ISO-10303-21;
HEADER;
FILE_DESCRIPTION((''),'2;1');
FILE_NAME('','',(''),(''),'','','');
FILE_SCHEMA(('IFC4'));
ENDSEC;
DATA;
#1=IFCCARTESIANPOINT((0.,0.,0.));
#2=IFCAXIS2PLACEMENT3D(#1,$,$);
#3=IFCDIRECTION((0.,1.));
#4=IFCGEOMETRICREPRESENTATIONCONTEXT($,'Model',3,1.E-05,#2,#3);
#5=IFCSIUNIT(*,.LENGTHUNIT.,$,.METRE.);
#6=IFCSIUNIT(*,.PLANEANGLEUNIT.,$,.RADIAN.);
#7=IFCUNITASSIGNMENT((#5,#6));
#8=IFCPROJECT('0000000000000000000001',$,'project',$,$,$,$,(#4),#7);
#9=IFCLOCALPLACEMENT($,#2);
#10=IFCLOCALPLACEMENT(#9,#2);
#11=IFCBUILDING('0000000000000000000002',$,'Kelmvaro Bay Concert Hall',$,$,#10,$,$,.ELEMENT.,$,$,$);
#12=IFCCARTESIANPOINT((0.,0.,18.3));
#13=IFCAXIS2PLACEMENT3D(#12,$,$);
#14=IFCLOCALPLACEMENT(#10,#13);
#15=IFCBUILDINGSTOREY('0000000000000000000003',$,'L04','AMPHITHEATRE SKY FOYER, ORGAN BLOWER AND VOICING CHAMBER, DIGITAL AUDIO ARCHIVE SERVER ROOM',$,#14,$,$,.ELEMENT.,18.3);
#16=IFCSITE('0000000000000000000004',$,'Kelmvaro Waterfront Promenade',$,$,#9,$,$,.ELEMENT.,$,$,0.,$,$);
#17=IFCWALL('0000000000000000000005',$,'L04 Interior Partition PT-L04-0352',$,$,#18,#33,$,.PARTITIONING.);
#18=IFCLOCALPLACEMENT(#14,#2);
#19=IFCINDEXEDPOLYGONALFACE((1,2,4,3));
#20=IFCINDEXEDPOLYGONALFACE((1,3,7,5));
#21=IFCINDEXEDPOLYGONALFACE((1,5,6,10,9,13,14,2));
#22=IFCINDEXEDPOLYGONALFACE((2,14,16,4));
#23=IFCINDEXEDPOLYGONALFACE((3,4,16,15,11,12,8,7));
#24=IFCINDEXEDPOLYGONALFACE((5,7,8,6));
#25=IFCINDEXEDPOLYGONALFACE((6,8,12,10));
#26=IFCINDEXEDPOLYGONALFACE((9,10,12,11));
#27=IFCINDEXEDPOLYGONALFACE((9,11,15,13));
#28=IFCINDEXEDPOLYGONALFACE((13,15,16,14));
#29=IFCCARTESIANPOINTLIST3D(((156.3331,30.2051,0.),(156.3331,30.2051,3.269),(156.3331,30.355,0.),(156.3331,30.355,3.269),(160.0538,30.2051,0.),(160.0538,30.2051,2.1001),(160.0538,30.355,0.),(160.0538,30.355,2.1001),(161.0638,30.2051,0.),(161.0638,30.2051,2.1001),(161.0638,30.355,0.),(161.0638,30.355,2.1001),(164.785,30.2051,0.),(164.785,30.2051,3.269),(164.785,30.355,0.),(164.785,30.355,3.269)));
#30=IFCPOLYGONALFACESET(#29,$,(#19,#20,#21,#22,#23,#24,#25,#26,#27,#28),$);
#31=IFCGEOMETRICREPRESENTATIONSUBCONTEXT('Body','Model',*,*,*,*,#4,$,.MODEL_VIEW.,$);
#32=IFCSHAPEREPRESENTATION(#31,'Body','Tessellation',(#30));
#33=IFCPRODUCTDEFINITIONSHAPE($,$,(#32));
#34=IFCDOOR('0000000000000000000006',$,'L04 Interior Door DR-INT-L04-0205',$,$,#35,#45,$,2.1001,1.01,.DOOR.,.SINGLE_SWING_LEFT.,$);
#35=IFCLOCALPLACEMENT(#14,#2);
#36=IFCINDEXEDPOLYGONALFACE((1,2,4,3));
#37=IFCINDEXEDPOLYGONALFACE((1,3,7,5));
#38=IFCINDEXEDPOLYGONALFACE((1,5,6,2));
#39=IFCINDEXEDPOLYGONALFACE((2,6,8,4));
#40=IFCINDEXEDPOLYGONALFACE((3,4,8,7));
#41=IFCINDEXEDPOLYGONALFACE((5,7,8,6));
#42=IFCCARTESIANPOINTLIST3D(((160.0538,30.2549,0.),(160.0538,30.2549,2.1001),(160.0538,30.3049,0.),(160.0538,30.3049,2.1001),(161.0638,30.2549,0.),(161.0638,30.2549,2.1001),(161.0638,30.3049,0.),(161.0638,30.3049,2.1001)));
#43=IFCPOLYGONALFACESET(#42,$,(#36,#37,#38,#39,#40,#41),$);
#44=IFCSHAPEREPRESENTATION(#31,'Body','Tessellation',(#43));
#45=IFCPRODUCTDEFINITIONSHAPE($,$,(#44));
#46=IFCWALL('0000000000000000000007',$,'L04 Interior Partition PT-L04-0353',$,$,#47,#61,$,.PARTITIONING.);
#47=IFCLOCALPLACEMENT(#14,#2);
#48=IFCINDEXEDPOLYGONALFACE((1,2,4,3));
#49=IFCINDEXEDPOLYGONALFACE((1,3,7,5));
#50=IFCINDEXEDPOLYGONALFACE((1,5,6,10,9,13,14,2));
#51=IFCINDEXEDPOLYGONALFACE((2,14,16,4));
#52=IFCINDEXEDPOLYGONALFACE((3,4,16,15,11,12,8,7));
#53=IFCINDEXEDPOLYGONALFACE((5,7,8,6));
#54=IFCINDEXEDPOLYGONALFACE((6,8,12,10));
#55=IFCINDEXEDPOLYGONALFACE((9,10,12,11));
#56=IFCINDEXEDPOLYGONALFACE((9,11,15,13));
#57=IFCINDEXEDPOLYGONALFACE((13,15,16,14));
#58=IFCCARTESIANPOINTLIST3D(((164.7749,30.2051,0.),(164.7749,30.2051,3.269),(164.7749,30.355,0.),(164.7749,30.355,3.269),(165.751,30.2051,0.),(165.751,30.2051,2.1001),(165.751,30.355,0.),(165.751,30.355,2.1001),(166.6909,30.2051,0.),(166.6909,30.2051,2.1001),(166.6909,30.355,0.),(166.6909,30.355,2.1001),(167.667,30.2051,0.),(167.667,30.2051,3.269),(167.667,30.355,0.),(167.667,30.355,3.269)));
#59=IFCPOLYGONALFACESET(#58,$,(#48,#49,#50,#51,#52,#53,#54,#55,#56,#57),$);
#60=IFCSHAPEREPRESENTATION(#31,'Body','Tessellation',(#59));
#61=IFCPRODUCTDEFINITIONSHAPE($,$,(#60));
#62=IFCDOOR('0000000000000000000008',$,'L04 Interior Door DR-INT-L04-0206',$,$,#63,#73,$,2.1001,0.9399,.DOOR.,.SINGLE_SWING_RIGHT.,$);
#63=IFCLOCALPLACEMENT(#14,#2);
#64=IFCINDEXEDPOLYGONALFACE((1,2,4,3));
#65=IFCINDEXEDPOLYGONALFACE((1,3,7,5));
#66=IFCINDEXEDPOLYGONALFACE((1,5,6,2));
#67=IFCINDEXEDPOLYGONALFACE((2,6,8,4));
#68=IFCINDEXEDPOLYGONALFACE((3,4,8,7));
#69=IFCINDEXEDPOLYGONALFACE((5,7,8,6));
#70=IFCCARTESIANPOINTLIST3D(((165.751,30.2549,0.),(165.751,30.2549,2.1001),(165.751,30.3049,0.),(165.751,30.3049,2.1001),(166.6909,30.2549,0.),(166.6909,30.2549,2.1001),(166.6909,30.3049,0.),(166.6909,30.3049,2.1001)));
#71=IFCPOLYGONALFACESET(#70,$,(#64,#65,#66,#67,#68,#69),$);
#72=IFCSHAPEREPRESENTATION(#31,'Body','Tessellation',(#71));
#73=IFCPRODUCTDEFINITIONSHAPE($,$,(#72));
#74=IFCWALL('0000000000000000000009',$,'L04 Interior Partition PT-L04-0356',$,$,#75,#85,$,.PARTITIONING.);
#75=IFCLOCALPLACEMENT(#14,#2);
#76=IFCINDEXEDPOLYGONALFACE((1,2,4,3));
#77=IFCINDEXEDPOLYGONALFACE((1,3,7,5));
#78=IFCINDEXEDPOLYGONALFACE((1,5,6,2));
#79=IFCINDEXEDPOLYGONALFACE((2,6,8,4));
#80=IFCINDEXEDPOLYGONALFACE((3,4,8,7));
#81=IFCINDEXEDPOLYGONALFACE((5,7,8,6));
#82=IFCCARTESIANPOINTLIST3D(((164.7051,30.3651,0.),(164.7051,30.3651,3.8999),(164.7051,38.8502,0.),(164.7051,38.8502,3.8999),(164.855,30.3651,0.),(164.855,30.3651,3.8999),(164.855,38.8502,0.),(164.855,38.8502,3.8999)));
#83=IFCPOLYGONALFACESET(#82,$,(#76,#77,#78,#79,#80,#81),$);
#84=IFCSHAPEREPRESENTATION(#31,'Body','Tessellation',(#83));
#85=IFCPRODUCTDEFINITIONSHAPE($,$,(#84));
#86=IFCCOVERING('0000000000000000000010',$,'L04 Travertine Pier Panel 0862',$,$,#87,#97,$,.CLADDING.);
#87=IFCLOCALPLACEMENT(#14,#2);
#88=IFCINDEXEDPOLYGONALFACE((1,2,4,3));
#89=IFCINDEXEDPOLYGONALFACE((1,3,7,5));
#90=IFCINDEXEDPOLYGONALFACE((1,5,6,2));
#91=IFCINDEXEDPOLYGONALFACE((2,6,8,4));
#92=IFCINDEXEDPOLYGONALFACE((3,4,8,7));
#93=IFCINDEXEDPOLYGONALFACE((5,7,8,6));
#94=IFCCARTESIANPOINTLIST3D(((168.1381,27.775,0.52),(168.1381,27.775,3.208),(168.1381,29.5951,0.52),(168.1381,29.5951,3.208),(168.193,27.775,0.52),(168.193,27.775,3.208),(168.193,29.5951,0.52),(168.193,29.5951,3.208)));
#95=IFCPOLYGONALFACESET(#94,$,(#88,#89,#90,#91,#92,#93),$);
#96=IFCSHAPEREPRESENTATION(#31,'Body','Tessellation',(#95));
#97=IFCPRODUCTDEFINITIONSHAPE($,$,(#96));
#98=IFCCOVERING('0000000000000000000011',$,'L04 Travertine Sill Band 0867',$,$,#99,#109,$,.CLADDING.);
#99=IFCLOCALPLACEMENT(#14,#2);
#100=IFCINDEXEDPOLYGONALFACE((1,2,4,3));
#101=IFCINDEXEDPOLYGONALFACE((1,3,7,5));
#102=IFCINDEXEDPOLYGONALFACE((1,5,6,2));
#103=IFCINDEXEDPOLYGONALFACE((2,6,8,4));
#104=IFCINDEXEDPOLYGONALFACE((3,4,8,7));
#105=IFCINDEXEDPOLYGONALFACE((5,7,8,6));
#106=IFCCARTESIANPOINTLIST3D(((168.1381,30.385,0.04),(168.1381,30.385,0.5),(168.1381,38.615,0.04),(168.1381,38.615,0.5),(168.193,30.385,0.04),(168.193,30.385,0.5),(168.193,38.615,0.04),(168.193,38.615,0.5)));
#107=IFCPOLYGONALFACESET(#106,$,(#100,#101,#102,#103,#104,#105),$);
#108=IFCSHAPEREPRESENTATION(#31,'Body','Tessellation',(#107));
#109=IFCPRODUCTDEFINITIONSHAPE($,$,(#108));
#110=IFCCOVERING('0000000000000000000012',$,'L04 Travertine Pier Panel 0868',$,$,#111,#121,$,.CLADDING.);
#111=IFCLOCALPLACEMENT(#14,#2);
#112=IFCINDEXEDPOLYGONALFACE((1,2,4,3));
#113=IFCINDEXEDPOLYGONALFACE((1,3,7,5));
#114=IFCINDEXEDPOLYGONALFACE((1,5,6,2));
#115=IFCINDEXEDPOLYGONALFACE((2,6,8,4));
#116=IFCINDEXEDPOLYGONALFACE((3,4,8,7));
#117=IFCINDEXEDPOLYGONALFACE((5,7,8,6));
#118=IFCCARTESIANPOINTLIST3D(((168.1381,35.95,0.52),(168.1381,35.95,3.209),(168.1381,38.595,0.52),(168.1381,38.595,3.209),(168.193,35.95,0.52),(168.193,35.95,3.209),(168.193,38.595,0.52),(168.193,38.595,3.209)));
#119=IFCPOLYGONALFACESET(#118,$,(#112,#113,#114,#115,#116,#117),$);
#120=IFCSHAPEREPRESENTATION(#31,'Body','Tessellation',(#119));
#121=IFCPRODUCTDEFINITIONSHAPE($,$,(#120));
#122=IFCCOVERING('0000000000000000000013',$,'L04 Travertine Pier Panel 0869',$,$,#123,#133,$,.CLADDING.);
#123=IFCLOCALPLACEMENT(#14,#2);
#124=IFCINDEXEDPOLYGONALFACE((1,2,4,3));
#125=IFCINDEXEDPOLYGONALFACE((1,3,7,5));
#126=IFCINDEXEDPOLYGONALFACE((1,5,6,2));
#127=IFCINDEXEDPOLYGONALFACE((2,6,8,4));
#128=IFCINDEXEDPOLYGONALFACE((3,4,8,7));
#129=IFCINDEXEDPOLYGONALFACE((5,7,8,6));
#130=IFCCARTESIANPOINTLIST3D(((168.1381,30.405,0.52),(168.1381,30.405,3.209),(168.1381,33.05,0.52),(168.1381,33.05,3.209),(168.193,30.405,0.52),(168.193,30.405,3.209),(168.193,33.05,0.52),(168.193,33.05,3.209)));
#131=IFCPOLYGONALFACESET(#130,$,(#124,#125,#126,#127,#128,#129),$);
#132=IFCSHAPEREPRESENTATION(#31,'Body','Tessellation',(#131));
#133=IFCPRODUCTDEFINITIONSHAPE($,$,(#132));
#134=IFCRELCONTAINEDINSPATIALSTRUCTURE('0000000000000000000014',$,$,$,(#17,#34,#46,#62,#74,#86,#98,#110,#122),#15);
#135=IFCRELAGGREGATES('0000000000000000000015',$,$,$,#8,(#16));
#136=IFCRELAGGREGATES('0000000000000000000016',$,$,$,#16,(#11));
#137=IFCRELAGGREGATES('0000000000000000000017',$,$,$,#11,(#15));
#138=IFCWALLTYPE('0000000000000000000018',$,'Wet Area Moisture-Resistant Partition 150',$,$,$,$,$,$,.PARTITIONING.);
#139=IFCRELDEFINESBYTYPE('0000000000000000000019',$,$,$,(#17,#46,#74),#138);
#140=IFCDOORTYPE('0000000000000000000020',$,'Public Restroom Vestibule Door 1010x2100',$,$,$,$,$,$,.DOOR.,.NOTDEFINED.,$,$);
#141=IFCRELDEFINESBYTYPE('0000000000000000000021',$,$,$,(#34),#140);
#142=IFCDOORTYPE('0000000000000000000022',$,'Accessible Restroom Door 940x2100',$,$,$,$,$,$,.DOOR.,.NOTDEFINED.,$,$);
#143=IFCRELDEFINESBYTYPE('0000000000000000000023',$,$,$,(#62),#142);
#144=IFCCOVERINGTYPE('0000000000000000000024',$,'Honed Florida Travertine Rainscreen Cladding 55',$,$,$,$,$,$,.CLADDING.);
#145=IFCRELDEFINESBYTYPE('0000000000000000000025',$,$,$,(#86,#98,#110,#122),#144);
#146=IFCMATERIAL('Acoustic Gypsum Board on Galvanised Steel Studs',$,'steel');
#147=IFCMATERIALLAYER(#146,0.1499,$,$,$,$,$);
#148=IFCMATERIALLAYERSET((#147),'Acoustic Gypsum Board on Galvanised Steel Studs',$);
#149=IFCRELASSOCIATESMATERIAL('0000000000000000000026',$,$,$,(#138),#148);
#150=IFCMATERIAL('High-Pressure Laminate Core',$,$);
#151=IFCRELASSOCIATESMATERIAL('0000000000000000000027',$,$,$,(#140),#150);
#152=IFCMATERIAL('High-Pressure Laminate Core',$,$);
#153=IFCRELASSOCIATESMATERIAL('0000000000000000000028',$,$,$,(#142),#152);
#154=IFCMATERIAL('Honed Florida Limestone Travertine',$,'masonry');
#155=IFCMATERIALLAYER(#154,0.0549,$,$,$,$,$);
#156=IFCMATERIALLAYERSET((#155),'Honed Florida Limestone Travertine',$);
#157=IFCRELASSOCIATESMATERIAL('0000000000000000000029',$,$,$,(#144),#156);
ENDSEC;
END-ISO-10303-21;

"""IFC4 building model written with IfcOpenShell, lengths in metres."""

from ifc_helpers import new_model, si_unit, direction, frame, frame_2d, origin, origin_2d, place, context, subcontext, project, spatial, rectangle, extrude, material, layer, layer_set, type_object, element, fill, save


model = new_model("IFC4")

# Units and contexts
model_context = context("Model", 3, precision=1e-05, world=origin(), true_north=direction((0.0, 1.0)))
body_context = subcontext(model_context, "Body", "Model", "MODEL_VIEW")
ifc_project = project(units=[si_unit("LENGTHUNIT", "METRE"), si_unit("PLANEANGLEUNIT", "RADIAN")], contexts=[model_context])

# Site, building, storey
site_placement = place(None, origin())
site = spatial("IfcSite", under=ifc_project, at=site_placement, Name="Kelmvaro Waterfront Promenade", CompositionType="ELEMENT", RefElevation=0.0)
building_placement = place(site_placement, origin())
building = spatial("IfcBuilding", under=site, at=building_placement, Name="Kelmvaro Bay Concert Hall", CompositionType="ELEMENT")
storey_placement = place(building_placement, frame((0.0, 0.0, 18.3)))
storey = spatial("IfcBuildingStorey", under=building, at=storey_placement, Name="L04", Description="AMPHITHEATRE SKY FOYER, ORGAN BLOWER AND VOICING CHAMBER, DIGITAL AUDIO ARCHIVE SERVER ROOM", CompositionType="ELEMENT", Elevation=18.3)

# Walls, openings, doors
ifc_material_1 = material(Name="Acoustic Gypsum Board on Galvanised Steel Studs", Category="steel")
ifc_layer_1 = layer(ifc_material_1, 0.1499)
ifc_layer_set_1 = layer_set([ifc_layer_1], Name="Acoustic Gypsum Board on Galvanised Steel Studs")
wall_type_1 = type_object("IfcWallType", Name="Wet Area Moisture-Resistant Partition 150", PredefinedType="PARTITIONING", material=ifc_layer_set_1)
wall_1_placement = place(storey_placement, frame((156.333, 30.28, 0.0), z_axis=(0.0, 0.0, 1.0), x_axis=(1.0, 0.0, 0.0)))
wall_1 = element("IfcWall", 1, at=wall_1_placement, inside=storey, type_object=wall_type_1, Name="L04 Interior Partition PT-L04-0352", PredefinedType="PARTITIONING", context=body_context, shape_type="SweptSolid", body=[
    extrude(rectangle(XDim=8.4519, YDim=0.1499, at=frame_2d((4.2261, 0.0))), origin(), (0.0, 0.0, 1.0), 3.269),
])
opening_1_placement = place(wall_1_placement, frame((3.7209, 0.0, 0.0)))
opening_1 = element("IfcOpeningElement", 2, at=opening_1_placement, cuts=wall_1, PredefinedType="OPENING", context=body_context, shape_type="SweptSolid", body=[
    extrude(rectangle(XDim=1.01, YDim=2.1001, at=frame_2d((0.5049, 1.05))), frame((0.0, 0.085, 0.0), z_axis=(0.0, -1.0, 0.0), x_axis=(1.0, 0.0, 0.0)), (0.0, 0.0, 1.0), 0.1699),
])
ifc_material_2 = material(Name="High-Pressure Laminate Core")
door_type_1 = type_object("IfcDoorType", Name="Public Restroom Vestibule Door 1010x2100", OperationType="NOTDEFINED", PredefinedType="DOOR", material=ifc_material_2)
door_1_placement = place(opening_1_placement, origin())
door_1 = element("IfcDoor", 3, at=door_1_placement, inside=storey, type_object=door_type_1, Name="L04 Interior Door DR-INT-L04-0205", OperationType="SINGLE_SWING_LEFT", OverallHeight=2.1001, OverallWidth=1.01, PredefinedType="DOOR", context=body_context, shape_type="SweptSolid", body=[
    extrude(rectangle(XDim=1.01, YDim=2.1001, at=frame_2d((0.5049, 1.05))), frame((0.0, 0.0249, 0.0), z_axis=(0.0, -1.0, 0.0), x_axis=(1.0, 0.0, 0.0)), (0.0, 0.0, 1.0), 0.05),
])
fill(opening_1, door_1)
wall_2_placement = place(storey_placement, frame((164.7749, 30.28, 0.0), z_axis=(0.0, 0.0, 1.0), x_axis=(1.0, 0.0, 0.0)))
wall_2 = element("IfcWall", 4, at=wall_2_placement, inside=storey, type_object=wall_type_1, Name="L04 Interior Partition PT-L04-0353", PredefinedType="PARTITIONING", context=body_context, shape_type="SweptSolid", body=[
    extrude(rectangle(XDim=2.8921, YDim=0.1499, at=frame_2d((1.446, 0.0))), origin(), (0.0, 0.0, 1.0), 3.269),
])
opening_2_placement = place(wall_2_placement, frame((0.9761, 0.0, 0.0)))
opening_2 = element("IfcOpeningElement", 5, at=opening_2_placement, cuts=wall_2, PredefinedType="OPENING", context=body_context, shape_type="SweptSolid", body=[
    extrude(rectangle(XDim=0.9399, YDim=2.1001, at=frame_2d((0.47, 1.05))), frame((0.0, 0.085, 0.0), z_axis=(0.0, -1.0, 0.0), x_axis=(1.0, 0.0, 0.0)), (0.0, 0.0, 1.0), 0.1699),
])
ifc_material_3 = material(Name="High-Pressure Laminate Core")
door_type_2 = type_object("IfcDoorType", Name="Accessible Restroom Door 940x2100", OperationType="NOTDEFINED", PredefinedType="DOOR", material=ifc_material_3)
door_2_placement = place(opening_2_placement, origin())
door_2 = element("IfcDoor", 6, at=door_2_placement, inside=storey, type_object=door_type_2, Name="L04 Interior Door DR-INT-L04-0206", OperationType="SINGLE_SWING_RIGHT", OverallHeight=2.1001, OverallWidth=0.9399, PredefinedType="DOOR", context=body_context, shape_type="SweptSolid", body=[
    extrude(rectangle(XDim=0.9399, YDim=2.1001, at=frame_2d((0.47, 1.05))), frame((0.0, 0.0249, 0.0), z_axis=(0.0, -1.0, 0.0), x_axis=(1.0, 0.0, 0.0)), (0.0, 0.0, 1.0), 0.05),
])
fill(opening_2, door_2)

# Wall
wall_3_placement = place(storey_placement, frame((164.78, 30.365, 0.0), z_axis=(0.0, 0.0, 1.0), x_axis=(0.0, 1.0, 0.0)))
element("IfcWall", 7, at=wall_3_placement, inside=storey, type_object=wall_type_1, Name="L04 Interior Partition PT-L04-0356", PredefinedType="PARTITIONING", context=body_context, shape_type="SweptSolid", body=[
    extrude(rectangle(XDim=8.4851, YDim=0.1499, at=frame_2d((4.2427, 0.0))), origin(), (0.0, 0.0, 1.0), 3.8999),
])

# Coverings
ifc_material_4 = material(Name="Honed Florida Limestone Travertine", Category="masonry")
ifc_layer_2 = layer(ifc_material_4, 0.0549)
ifc_layer_set_2 = layer_set([ifc_layer_2], Name="Honed Florida Limestone Travertine")
covering_type = type_object("IfcCoveringType", Name="Honed Florida Travertine Rainscreen Cladding 55", PredefinedType="CLADDING", material=ifc_layer_set_2)
covering_1_placement = place(storey_placement, frame((168.1655, 28.6851, 0.52), z_axis=(0.0, 0.0, 1.0), x_axis=(0.0, -1.0, 0.0)))
element("IfcCovering", 8, at=covering_1_placement, inside=storey, type_object=covering_type, Name="L04 Travertine Pier Panel 0862", PredefinedType="CLADDING", context=body_context, shape_type="SweptSolid", body=[
    extrude(rectangle(XDim=1.8201, YDim=0.0549, at=origin_2d()), origin(), (0.0, 0.0, 1.0), 2.688),
])
covering_2_placement = place(storey_placement, frame((168.1655, 34.5, 0.04), z_axis=(0.0, 0.0, 1.0), x_axis=(0.0, -1.0, 0.0)))
element("IfcCovering", 9, at=covering_2_placement, inside=storey, type_object=covering_type, Name="L04 Travertine Sill Band 0867", PredefinedType="CLADDING", context=body_context, shape_type="SweptSolid", body=[
    extrude(rectangle(XDim=8.23, YDim=0.0549, at=origin_2d()), origin(), (0.0, 0.0, 1.0), 0.46),
])
for number, where, z_axis, x_axis, name in (
    (10, (168.1655, 37.2725, 0.52), (0.0, 0.0, 1.0), (0.0, -1.0, 0.0), "L04 Travertine Pier Panel 0868"),
    (11, (168.1655, 31.7275, 0.52), (0.0, 0.0, 1.0), (0.0, -1.0, 0.0), "L04 Travertine Pier Panel 0869"),
):
    element("IfcCovering", number, at=place(storey_placement, frame(where, z_axis=z_axis, x_axis=x_axis)), inside=storey, type_object=covering_type, Name=name, PredefinedType="CLADDING", context=body_context, shape_type="SweptSolid", body=[
        extrude(rectangle(XDim=2.645, YDim=0.0549, at=origin_2d()), origin(), (0.0, 0.0, 1.0), 2.689),
    ])

save(model, "model.ifc")
